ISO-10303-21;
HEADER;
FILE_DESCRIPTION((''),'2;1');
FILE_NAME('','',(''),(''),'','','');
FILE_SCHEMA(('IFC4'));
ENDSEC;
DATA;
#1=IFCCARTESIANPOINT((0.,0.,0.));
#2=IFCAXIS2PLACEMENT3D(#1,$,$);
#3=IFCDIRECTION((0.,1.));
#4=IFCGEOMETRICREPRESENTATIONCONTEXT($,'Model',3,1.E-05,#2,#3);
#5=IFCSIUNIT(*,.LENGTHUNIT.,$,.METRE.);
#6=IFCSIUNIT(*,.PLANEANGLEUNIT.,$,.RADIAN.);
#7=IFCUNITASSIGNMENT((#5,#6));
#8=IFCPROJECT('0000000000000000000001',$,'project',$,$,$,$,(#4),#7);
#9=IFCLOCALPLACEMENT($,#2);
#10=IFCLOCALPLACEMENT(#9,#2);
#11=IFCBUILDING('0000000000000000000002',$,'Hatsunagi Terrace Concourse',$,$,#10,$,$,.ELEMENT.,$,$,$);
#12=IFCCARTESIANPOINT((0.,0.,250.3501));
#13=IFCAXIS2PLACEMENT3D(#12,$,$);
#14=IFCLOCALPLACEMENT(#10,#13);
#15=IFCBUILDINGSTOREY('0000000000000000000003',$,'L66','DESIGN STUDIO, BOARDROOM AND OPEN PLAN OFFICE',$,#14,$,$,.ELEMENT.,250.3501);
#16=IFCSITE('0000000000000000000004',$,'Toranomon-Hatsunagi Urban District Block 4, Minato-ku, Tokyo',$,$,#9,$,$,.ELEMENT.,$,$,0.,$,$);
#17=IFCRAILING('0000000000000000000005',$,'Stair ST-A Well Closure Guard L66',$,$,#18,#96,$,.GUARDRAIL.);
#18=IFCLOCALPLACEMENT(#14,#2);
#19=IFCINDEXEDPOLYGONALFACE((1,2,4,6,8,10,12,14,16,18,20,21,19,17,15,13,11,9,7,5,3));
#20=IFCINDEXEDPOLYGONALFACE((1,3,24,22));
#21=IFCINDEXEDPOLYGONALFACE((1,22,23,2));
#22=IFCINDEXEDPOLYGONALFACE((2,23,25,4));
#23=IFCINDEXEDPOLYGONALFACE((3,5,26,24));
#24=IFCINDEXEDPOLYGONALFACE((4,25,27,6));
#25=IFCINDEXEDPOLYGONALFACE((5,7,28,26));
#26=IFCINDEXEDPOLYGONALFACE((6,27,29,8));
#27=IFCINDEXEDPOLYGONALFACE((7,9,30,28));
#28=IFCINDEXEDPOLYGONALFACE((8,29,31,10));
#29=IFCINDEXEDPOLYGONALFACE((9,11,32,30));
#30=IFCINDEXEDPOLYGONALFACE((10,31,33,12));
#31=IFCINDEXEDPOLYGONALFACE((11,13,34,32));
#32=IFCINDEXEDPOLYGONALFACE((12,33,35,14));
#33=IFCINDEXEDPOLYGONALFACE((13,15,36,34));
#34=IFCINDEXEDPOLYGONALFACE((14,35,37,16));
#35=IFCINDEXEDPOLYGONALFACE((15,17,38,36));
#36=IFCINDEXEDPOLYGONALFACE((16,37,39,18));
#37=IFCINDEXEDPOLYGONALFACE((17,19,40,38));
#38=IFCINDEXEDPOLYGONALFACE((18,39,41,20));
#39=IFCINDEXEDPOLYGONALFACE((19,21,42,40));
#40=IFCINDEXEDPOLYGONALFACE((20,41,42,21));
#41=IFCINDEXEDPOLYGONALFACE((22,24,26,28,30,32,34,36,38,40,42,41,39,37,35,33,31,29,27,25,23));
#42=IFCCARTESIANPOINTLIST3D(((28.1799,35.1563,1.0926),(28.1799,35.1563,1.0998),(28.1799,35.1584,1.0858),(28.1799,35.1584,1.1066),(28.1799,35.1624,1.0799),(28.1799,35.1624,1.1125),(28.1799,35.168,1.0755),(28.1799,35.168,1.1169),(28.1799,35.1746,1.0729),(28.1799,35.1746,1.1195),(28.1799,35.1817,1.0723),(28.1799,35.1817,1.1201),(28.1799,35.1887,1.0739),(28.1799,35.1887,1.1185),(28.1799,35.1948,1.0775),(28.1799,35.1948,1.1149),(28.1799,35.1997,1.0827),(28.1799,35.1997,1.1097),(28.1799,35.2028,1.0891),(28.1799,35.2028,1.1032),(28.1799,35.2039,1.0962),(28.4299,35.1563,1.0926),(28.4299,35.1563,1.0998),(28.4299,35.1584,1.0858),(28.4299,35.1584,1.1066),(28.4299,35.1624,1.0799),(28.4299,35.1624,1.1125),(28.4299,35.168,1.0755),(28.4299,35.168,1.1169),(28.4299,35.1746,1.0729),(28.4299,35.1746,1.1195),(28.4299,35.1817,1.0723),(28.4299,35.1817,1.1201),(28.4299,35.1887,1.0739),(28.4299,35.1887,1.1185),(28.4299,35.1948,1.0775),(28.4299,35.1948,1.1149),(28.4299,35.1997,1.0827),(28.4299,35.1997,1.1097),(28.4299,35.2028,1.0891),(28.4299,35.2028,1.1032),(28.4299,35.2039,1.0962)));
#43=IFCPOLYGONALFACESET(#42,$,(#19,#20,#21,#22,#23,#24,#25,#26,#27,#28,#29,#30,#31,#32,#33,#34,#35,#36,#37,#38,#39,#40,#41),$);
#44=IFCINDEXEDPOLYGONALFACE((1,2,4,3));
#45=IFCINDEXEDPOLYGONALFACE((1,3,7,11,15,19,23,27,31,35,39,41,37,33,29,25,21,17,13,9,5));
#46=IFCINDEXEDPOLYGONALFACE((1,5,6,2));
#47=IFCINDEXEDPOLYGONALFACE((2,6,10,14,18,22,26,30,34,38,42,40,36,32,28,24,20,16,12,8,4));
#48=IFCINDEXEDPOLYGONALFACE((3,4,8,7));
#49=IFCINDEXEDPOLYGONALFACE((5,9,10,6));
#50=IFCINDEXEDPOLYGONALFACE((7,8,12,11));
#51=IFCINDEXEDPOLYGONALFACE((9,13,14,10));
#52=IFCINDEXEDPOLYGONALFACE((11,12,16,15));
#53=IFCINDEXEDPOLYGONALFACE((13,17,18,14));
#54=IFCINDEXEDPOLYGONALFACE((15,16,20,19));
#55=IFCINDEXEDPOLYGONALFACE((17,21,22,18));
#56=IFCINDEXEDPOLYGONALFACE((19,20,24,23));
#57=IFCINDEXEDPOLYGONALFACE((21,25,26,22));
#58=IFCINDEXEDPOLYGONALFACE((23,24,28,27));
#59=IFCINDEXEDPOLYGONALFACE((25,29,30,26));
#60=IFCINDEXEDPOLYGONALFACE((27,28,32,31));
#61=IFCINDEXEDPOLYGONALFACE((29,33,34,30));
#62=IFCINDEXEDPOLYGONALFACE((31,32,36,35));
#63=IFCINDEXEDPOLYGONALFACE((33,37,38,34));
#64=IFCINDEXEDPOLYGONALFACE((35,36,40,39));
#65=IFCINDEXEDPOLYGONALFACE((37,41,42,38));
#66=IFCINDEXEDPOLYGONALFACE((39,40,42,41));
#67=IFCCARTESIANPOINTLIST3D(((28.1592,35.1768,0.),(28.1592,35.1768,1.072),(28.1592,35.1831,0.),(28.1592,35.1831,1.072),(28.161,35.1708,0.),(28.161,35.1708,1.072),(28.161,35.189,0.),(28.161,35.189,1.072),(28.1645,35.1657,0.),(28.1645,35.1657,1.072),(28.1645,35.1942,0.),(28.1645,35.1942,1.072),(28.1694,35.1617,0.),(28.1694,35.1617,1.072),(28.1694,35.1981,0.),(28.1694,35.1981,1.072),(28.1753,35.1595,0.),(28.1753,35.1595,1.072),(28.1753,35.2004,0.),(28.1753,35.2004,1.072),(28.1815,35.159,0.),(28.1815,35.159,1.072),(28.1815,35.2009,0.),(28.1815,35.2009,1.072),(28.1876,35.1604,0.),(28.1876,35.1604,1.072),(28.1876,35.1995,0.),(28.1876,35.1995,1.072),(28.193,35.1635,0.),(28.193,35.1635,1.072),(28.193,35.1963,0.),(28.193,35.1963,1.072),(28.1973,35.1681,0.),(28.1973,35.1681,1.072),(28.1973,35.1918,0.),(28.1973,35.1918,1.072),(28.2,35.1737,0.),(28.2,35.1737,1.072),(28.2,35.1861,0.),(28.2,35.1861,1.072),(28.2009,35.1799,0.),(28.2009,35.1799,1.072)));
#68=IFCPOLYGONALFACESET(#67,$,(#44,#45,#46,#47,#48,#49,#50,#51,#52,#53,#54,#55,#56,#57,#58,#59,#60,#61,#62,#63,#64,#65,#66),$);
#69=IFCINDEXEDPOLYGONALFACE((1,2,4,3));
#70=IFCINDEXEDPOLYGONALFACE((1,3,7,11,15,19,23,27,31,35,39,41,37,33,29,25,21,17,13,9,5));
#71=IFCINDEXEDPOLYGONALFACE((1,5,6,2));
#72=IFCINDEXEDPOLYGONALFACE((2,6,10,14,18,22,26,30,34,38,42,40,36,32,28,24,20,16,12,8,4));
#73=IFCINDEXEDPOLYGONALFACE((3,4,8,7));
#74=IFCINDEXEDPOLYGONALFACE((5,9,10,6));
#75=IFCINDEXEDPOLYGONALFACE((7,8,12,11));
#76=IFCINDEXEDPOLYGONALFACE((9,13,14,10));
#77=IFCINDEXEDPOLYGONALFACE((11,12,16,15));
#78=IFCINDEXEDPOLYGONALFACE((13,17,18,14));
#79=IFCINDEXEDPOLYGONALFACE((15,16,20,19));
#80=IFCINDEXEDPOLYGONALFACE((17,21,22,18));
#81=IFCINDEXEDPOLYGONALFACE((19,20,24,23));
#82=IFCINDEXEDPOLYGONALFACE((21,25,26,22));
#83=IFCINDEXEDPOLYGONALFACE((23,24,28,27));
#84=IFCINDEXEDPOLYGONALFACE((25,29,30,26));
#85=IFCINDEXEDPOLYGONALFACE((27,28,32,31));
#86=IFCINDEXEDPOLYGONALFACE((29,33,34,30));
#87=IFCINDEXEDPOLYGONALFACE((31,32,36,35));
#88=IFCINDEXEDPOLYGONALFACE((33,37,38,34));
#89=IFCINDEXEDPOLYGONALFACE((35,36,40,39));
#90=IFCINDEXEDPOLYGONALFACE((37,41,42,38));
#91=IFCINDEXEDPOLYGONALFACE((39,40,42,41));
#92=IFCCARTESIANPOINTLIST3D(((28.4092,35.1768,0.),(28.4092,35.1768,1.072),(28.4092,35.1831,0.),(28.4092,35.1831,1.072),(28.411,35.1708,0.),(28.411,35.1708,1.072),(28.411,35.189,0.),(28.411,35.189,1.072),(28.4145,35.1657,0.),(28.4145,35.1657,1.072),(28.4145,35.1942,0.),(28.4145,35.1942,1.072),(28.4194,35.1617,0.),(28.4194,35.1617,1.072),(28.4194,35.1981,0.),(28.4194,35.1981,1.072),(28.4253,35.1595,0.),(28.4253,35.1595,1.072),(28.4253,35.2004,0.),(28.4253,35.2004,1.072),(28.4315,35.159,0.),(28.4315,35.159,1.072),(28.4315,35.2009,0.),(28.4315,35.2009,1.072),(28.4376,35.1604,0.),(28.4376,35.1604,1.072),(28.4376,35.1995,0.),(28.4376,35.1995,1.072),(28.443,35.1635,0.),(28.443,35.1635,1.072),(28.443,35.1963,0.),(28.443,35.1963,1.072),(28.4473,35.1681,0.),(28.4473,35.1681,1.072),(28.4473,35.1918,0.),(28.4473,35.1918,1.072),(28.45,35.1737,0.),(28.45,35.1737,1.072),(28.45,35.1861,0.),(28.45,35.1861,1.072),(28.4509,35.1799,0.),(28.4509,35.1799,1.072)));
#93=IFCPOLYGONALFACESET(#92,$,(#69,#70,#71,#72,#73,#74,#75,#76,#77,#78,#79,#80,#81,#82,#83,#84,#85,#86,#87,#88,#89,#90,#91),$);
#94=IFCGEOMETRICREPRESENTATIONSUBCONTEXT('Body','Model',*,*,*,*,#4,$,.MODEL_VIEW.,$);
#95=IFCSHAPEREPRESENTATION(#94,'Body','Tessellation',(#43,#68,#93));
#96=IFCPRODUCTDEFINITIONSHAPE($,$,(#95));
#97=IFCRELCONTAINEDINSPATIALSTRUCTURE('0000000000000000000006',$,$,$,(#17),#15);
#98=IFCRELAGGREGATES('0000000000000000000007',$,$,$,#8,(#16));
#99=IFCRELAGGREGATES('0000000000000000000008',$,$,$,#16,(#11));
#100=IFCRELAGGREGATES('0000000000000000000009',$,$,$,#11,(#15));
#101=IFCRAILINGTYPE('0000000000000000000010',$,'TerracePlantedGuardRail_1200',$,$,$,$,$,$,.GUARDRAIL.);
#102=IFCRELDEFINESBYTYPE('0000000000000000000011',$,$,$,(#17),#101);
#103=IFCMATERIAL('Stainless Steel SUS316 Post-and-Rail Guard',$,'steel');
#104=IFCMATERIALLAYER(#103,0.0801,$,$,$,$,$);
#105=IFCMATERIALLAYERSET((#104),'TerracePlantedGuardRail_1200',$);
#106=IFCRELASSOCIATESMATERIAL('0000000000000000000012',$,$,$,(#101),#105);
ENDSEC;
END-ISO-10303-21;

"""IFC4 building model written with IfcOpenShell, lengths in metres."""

from ifc_helpers import new_model, si_unit, direction, frame, origin, origin_2d, place, context, subcontext, project, spatial, circle, extrude, material, layer, layer_set, type_object, element, save


model = new_model("IFC4")

# Units and contexts
model_context = context("Model", 3, precision=1e-05, world=origin(), true_north=direction((0.0, 1.0)))
body_context = subcontext(model_context, "Body", "Model", "MODEL_VIEW")
ifc_project = project(units=[si_unit("LENGTHUNIT", "METRE"), si_unit("PLANEANGLEUNIT", "RADIAN")], contexts=[model_context])

# Site, building, storey
site_placement = place(None, origin())
site = spatial("IfcSite", under=ifc_project, at=site_placement, Name="Toranomon-Hatsunagi Urban District Block 4, Minato-ku, Tokyo", CompositionType="ELEMENT", RefElevation=0.0)
building_placement = place(site_placement, origin())
building = spatial("IfcBuilding", under=site, at=building_placement, Name="Hatsunagi Terrace Concourse", CompositionType="ELEMENT")
storey_placement = place(building_placement, frame((0.0, 0.0, 250.3501)))
storey = spatial("IfcBuildingStorey", under=building, at=storey_placement, Name="L66", Description="DESIGN STUDIO, BOARDROOM AND OPEN PLAN OFFICE", CompositionType="ELEMENT", Elevation=250.3501)

# Railing
ifc_material_1 = material(Name="Stainless Steel SUS316 Post-and-Rail Guard", Category="steel")
ifc_layer_1 = layer(ifc_material_1, 0.0801)
ifc_layer_set_1 = layer_set([ifc_layer_1], Name="TerracePlantedGuardRail_1200")
railing_type_1 = type_object("IfcRailingType", Name="TerracePlantedGuardRail_1200", PredefinedType="GUARDRAIL", material=ifc_layer_set_1)
railing_1_placement = place(storey_placement, frame((28.1799, 35.1799, 0.0)))
element("IfcRailing", 1, at=railing_1_placement, inside=storey, type_object=railing_type_1, Name="Stair ST-A Well Closure Guard L66", PredefinedType="GUARDRAIL", context=body_context, shape_type="SweptSolid", body=[
    extrude(circle(Radius=0.0239, at=origin_2d()), frame((0.0, 0.0, 1.0962), z_axis=(1.0, 0.0, 0.0), x_axis=(0.0, 1.0, 0.0)), (0.0, 0.0, 1.0), 0.25),
    extrude(circle(Radius=0.021, at=origin_2d()), origin(), (0.0, 0.0, 1.0), 1.072),
    extrude(circle(Radius=0.021, at=origin_2d()), frame((0.25, 0.0, 0.0)), (0.0, 0.0, 1.0), 1.072),
])

save(model, "model.ifc")
